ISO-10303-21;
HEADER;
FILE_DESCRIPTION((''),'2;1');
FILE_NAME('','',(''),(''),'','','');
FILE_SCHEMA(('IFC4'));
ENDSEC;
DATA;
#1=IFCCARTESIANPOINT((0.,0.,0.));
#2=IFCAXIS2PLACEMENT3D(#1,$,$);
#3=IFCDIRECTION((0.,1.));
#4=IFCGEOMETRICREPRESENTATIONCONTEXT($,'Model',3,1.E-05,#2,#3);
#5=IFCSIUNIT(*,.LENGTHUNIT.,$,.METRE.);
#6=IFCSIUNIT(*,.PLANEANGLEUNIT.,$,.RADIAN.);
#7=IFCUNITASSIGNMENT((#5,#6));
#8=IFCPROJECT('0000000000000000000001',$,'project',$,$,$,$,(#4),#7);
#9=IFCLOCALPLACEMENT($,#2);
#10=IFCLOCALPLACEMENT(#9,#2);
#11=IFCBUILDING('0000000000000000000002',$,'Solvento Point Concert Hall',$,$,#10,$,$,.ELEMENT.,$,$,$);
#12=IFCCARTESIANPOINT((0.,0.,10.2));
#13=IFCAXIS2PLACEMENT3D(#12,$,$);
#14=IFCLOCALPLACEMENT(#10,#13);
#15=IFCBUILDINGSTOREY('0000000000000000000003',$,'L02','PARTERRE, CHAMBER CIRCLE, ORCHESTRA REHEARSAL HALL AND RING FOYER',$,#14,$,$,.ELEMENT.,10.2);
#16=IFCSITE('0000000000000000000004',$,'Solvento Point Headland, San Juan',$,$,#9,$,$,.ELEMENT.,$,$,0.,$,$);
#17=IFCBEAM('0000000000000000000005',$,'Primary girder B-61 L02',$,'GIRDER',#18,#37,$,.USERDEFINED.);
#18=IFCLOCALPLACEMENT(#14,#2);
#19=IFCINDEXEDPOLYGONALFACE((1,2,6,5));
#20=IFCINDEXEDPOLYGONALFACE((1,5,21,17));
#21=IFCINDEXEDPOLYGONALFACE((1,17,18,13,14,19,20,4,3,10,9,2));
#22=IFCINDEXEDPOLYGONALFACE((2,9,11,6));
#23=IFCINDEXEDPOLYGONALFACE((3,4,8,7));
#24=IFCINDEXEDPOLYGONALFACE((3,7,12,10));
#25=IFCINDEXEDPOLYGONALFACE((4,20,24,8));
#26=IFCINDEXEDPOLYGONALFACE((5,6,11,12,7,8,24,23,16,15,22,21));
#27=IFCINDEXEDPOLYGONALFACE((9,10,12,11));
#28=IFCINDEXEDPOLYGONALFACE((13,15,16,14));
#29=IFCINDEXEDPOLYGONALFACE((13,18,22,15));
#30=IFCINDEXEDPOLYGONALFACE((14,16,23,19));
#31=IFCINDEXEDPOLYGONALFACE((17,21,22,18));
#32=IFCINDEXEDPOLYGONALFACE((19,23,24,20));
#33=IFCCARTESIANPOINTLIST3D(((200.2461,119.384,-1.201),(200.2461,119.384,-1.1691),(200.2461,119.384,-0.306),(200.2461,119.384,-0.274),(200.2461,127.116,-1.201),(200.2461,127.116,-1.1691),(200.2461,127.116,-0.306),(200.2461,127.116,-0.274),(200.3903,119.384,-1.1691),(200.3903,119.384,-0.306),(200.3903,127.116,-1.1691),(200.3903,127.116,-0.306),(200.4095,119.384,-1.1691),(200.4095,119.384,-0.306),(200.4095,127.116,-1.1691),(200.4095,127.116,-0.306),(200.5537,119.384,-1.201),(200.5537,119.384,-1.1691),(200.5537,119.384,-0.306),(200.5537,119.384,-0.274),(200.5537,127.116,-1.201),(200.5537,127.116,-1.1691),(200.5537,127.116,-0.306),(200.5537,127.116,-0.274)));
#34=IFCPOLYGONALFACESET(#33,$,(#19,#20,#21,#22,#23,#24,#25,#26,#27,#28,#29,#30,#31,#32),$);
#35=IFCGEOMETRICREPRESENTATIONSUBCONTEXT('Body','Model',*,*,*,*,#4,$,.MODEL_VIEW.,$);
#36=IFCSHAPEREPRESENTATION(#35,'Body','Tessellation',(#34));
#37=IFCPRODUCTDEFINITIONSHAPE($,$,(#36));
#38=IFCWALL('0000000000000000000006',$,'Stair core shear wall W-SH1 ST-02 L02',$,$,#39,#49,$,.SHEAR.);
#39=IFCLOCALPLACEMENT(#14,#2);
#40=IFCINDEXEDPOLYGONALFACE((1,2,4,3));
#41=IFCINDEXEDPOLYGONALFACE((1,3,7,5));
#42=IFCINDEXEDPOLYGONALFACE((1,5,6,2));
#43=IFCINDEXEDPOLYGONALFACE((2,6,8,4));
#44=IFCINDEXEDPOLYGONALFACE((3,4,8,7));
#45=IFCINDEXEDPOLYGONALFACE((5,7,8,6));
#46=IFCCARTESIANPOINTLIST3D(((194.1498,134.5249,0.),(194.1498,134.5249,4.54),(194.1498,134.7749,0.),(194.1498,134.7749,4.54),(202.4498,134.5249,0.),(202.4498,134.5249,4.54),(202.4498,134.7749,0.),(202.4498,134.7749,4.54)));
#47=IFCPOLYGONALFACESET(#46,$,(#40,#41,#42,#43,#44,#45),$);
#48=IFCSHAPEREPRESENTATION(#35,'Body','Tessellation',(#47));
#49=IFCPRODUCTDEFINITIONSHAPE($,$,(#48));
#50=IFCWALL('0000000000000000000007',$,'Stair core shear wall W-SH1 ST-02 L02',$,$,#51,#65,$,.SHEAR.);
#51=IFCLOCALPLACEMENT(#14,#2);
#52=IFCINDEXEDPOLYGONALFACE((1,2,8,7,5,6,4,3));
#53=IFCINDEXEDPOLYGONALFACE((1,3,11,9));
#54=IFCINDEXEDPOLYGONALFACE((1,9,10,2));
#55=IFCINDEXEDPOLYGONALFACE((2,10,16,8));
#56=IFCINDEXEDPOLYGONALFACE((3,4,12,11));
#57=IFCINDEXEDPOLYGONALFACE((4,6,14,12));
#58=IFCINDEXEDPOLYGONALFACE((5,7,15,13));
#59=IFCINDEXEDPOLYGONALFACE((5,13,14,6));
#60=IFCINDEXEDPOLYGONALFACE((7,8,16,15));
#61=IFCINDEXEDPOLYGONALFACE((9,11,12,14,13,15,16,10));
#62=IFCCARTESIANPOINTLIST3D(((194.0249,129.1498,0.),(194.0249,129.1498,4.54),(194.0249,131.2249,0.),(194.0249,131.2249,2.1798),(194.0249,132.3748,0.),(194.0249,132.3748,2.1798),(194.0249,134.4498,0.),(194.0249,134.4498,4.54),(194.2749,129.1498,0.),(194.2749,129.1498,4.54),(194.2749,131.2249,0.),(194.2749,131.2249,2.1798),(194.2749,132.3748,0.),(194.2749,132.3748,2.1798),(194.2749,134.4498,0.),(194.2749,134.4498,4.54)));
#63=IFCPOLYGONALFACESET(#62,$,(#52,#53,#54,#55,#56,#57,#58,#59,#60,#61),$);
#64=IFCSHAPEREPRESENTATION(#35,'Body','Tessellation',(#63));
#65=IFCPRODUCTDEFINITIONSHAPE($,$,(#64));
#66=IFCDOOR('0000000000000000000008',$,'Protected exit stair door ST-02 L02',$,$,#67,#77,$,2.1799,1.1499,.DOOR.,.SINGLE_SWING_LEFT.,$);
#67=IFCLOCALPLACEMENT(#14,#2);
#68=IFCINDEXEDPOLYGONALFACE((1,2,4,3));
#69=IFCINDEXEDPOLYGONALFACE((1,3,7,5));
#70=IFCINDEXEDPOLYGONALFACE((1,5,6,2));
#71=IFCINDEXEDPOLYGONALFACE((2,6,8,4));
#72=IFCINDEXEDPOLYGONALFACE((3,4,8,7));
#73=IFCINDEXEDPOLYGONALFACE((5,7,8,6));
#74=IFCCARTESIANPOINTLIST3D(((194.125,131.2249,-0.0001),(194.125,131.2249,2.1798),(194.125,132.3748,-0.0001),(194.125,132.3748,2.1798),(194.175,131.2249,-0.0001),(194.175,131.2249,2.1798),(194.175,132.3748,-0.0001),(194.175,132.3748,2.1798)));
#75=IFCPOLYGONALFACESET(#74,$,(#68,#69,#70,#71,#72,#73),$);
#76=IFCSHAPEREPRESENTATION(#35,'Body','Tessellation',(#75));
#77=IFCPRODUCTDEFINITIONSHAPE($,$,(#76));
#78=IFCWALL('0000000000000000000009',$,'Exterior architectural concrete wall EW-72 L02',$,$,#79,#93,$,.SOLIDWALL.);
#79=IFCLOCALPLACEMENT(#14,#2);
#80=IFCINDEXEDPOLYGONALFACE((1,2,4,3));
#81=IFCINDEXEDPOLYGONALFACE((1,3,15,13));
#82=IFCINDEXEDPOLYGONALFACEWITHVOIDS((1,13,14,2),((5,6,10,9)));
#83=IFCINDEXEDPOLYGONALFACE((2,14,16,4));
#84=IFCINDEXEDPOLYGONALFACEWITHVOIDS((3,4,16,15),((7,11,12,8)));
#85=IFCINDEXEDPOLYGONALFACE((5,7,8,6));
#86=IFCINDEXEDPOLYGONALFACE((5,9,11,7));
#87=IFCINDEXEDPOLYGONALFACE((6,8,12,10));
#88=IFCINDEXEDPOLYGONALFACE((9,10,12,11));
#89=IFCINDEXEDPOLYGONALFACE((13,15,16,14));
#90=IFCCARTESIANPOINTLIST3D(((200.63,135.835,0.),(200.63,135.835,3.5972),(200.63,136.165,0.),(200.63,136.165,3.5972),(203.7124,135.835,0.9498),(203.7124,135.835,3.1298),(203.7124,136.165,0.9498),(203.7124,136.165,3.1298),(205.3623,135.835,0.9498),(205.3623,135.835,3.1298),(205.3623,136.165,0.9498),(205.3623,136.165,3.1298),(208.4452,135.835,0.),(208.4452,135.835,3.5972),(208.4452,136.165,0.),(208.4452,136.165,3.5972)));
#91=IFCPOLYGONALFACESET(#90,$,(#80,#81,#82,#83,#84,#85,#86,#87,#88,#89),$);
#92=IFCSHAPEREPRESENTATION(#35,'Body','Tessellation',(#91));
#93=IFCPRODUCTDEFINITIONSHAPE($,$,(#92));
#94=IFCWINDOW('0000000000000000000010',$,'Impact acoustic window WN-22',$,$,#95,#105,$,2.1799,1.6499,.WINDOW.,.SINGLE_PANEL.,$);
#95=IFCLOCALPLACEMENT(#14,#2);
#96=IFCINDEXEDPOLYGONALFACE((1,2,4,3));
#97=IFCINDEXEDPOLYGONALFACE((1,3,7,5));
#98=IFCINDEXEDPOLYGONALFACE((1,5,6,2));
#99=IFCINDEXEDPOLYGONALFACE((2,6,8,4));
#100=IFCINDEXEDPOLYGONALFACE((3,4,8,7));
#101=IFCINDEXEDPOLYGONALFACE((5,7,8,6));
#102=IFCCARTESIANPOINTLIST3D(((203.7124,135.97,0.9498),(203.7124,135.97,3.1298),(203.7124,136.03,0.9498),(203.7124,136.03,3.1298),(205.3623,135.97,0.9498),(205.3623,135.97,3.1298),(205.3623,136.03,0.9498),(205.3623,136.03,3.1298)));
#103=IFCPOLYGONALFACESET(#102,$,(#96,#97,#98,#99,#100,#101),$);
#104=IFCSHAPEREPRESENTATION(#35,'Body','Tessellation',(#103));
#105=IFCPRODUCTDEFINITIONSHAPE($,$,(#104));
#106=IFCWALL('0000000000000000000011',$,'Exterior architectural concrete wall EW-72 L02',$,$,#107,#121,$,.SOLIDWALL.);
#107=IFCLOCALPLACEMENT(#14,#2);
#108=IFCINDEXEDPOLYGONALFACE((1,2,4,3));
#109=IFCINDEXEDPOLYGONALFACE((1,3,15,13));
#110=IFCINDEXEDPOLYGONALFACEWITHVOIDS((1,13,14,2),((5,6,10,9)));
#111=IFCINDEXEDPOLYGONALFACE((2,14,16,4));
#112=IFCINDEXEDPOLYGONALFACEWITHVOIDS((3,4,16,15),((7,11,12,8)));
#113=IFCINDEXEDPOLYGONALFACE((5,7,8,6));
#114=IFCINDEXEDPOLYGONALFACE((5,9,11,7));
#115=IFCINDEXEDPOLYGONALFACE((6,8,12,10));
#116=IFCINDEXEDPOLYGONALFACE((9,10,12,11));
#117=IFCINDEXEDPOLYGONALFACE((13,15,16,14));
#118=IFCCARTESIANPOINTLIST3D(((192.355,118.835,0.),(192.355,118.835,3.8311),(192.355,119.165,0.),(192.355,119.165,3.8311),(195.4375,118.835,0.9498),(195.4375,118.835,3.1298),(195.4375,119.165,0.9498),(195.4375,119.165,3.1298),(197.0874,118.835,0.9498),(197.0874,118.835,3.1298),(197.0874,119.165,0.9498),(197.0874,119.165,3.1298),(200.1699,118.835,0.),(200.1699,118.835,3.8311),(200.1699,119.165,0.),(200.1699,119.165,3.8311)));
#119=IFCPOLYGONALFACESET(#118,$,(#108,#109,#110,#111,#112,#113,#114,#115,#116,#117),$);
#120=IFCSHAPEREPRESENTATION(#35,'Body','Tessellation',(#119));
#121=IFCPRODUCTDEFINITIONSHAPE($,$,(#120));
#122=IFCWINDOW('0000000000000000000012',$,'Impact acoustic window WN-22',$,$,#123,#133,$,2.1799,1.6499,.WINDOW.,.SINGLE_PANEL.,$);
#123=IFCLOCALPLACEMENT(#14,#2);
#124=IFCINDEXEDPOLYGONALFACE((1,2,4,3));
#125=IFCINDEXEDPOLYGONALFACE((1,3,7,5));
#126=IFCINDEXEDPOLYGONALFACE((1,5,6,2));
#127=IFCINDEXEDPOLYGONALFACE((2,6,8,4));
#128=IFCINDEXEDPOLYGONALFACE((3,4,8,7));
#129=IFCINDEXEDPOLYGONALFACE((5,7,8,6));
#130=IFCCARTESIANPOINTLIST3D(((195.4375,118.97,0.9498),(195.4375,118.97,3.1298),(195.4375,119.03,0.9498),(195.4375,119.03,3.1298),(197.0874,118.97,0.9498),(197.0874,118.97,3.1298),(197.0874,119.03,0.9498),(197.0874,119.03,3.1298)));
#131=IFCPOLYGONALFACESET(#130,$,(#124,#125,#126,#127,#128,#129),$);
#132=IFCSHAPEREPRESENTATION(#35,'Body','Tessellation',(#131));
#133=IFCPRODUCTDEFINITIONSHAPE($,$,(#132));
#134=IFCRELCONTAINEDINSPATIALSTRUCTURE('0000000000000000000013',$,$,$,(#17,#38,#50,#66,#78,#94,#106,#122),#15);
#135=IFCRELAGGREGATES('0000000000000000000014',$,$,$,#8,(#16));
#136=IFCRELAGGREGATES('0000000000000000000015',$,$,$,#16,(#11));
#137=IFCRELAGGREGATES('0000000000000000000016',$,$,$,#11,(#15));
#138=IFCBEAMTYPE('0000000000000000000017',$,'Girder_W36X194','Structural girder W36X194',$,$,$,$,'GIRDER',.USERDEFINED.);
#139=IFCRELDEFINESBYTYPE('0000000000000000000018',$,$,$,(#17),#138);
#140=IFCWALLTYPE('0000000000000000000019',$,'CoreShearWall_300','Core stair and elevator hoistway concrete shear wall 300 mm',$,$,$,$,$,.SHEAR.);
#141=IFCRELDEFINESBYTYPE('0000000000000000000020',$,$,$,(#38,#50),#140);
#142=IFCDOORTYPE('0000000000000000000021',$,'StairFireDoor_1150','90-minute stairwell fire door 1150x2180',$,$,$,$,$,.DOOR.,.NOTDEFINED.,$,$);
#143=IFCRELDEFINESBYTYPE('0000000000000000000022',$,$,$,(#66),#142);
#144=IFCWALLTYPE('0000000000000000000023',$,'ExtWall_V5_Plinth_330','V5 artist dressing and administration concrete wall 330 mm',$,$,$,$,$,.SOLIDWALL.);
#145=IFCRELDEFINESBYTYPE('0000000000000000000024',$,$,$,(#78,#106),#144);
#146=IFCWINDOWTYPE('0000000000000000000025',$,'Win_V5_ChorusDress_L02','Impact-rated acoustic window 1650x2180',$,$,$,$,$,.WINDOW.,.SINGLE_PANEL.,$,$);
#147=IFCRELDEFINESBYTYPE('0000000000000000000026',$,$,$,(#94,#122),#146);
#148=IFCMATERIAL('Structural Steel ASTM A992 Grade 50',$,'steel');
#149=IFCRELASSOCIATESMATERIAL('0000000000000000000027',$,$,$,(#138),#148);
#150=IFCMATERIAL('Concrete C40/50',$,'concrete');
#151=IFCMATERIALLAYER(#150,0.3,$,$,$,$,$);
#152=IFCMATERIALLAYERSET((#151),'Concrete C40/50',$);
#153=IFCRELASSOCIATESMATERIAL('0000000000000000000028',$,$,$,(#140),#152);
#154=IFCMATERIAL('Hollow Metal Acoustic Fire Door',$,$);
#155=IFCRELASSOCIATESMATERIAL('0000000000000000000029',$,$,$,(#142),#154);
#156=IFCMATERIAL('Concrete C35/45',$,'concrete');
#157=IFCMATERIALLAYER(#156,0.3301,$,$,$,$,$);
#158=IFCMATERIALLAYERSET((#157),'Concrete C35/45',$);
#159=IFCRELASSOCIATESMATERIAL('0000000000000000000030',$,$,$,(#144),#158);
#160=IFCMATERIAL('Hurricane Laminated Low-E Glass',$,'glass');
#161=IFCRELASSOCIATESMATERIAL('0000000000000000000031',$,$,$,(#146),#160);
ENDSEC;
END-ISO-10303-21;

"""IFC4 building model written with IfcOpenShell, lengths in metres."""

from ifc_helpers import new_model, si_unit, direction, frame, frame_2d, origin, origin_2d, place, context, subcontext, project, spatial, rectangle, i_section, extrude, material, layer, layer_set, material_profile, profile_set, type_object, element, fill, save


model = new_model("IFC4")

# Units and contexts
model_context = context("Model", 3, precision=1e-05, world=origin(), true_north=direction((0.0, 1.0)))
body_context = subcontext(model_context, "Body", "Model", "MODEL_VIEW")
ifc_project = project(units=[si_unit("LENGTHUNIT", "METRE"), si_unit("PLANEANGLEUNIT", "RADIAN")], contexts=[model_context])

# Site, building, storey
site_placement = place(None, origin())
site = spatial("IfcSite", under=ifc_project, at=site_placement, Name="Solvento Point Headland, San Juan", CompositionType="ELEMENT", RefElevation=0.0)
building_placement = place(site_placement, origin())
building = spatial("IfcBuilding", under=site, at=building_placement, Name="Solvento Point Concert Hall", CompositionType="ELEMENT")
storey_placement = place(building_placement, frame((0.0, 0.0, 10.2)))
storey = spatial("IfcBuildingStorey", under=building, at=storey_placement, Name="L02", Description="PARTERRE, CHAMBER CIRCLE, ORCHESTRA REHEARSAL HALL AND RING FOYER", CompositionType="ELEMENT", Elevation=10.2)

# Beam
ifc_material_1 = material(Name="Structural Steel ASTM A992 Grade 50", Category="steel")
ifc_material_profile_1 = material_profile(ifc_material_1, i_section(OverallWidth=0.3076, OverallDepth=0.927, WebThickness=0.0193, FlangeThickness=0.032, at=origin_2d()), Name="W36X194")
ifc_profile_set_1 = profile_set([ifc_material_profile_1], Name="Structural Steel ASTM A992 Grade 50")
beam_type_1 = type_object("IfcBeamType", Name="Girder_W36X194", Description="Structural girder W36X194", ElementType="GIRDER", PredefinedType="USERDEFINED", material=ifc_profile_set_1)
beam_1_placement = place(storey_placement, frame((200.3999, 119.384, -0.7375), z_axis=(0.0, 1.0, 0.0), x_axis=(-1.0, 0.0, 0.0)))
element("IfcBeam", 1, at=beam_1_placement, inside=storey, type_object=beam_type_1, Name="Primary girder B-61 L02", ObjectType="GIRDER", PredefinedType="USERDEFINED", context=body_context, shape_type="SweptSolid", body=[
    extrude(i_section(OverallWidth=0.3076, OverallDepth=0.927, WebThickness=0.0193, FlangeThickness=0.032, at=origin_2d()), origin(), (0.0, 0.0, 1.0), 7.7319),
])

# Wall
ifc_material_2 = material(Name="Concrete C40/50", Category="concrete")
ifc_layer_1 = layer(ifc_material_2, 0.3)
ifc_layer_set_1 = layer_set([ifc_layer_1], Name="Concrete C40/50")
wall_type_1 = type_object("IfcWallType", Name="CoreShearWall_300", Description="Core stair and elevator hoistway concrete shear wall 300 mm", PredefinedType="SHEAR", material=ifc_layer_set_1)
wall_1_placement = place(storey_placement, frame((194.1499, 134.6499, 0.0), z_axis=(0.0, 0.0, 1.0), x_axis=(1.0, 0.0, 0.0)))
element("IfcWall", 2, at=wall_1_placement, inside=storey, type_object=wall_type_1, Name="Stair core shear wall W-SH1 ST-02 L02", PredefinedType="SHEAR", context=body_context, shape_type="SweptSolid", body=[
    extrude(rectangle(XDim=8.3, YDim=0.25, at=frame_2d((4.1499, 0.0))), origin(), (0.0, 0.0, 1.0), 4.54),
])

# Wall, opening, door
wall_2_placement = place(storey_placement, frame((194.1499, 129.1499, 0.0), z_axis=(0.0, 0.0, 1.0), x_axis=(0.0, 1.0, 0.0)))
wall_2 = element("IfcWall", 3, at=wall_2_placement, inside=storey, type_object=wall_type_1, Name="Stair core shear wall W-SH1 ST-02 L02", PredefinedType="SHEAR", context=body_context, shape_type="SweptSolid", body=[
    extrude(rectangle(XDim=5.3, YDim=0.25, at=frame_2d((2.6499, 0.0))), origin(), (0.0, 0.0, 1.0), 4.54),
])
opening_1_placement = place(wall_2_placement, frame((2.075, 0.0, 0.0)))
opening_1 = element("IfcOpeningElement", 4, at=opening_1_placement, cuts=wall_2, PredefinedType="OPENING", context=body_context, shape_type="SweptSolid", body=[
    extrude(rectangle(XDim=1.1499, YDim=2.1799, at=frame_2d((0.575, 1.0898))), frame((0.0, 0.135, 0.0), z_axis=(0.0, -1.0, 0.0), x_axis=(1.0, 0.0, 0.0)), (0.0, 0.0, 1.0), 0.27),
])
ifc_material_3 = material(Name="Hollow Metal Acoustic Fire Door")
door_type = type_object("IfcDoorType", Name="StairFireDoor_1150", Description="90-minute stairwell fire door 1150x2180", OperationType="NOTDEFINED", PredefinedType="DOOR", material=ifc_material_3)
door_placement = place(opening_1_placement, origin())
door = element("IfcDoor", 5, at=door_placement, inside=storey, type_object=door_type, Name="Protected exit stair door ST-02 L02", OperationType="SINGLE_SWING_LEFT", OverallHeight=2.1799, OverallWidth=1.1499, PredefinedType="DOOR", context=body_context, shape_type="SweptSolid", body=[
    extrude(rectangle(XDim=1.1499, YDim=2.1799, at=frame_2d((0.575, 1.0898))), frame((0.0, 0.0249, 0.0), z_axis=(0.0, -1.0, 0.0), x_axis=(1.0, 0.0, 0.0)), (0.0, 0.0, 1.0), 0.05),
])
fill(opening_1, door)

# Walls, openings, windows
ifc_material_4 = material(Name="Concrete C35/45", Category="concrete")
ifc_layer_2 = layer(ifc_material_4, 0.3301)
ifc_layer_set_2 = layer_set([ifc_layer_2], Name="Concrete C35/45")
wall_type_2 = type_object("IfcWallType", Name="ExtWall_V5_Plinth_330", Description="V5 artist dressing and administration concrete wall 330 mm", PredefinedType="SOLIDWALL", material=ifc_layer_set_2)
wall_3_placement = place(storey_placement, frame((200.6299, 136.0, 0.0), z_axis=(0.0, 0.0, 1.0), x_axis=(1.0, 0.0, 0.0)))
wall_3 = element("IfcWall", 6, at=wall_3_placement, inside=storey, type_object=wall_type_2, Name="Exterior architectural concrete wall EW-72 L02", PredefinedType="SOLIDWALL", context=body_context, shape_type="SweptSolid", body=[
    extrude(rectangle(XDim=7.8152, YDim=0.3301, at=frame_2d((3.9077, 0.0))), origin(), (0.0, 0.0, 1.0), 3.5972),
])
opening_2_placement = place(wall_3_placement, frame((3.0825, 0.0, 0.95)))
opening_2 = element("IfcOpeningElement", 7, at=opening_2_placement, cuts=wall_3, PredefinedType="OPENING", context=body_context, shape_type="SweptSolid", body=[
    extrude(rectangle(XDim=1.6499, YDim=2.1799, at=frame_2d((0.825, 1.0898))), frame((0.0, 0.175, 0.0), z_axis=(0.0, -1.0, 0.0), x_axis=(1.0, 0.0, 0.0)), (0.0, 0.0, 1.0), 0.3501),
])
ifc_material_5 = material(Name="Hurricane Laminated Low-E Glass", Category="glass")
window_type = type_object("IfcWindowType", Name="Win_V5_ChorusDress_L02", Description="Impact-rated acoustic window 1650x2180", PartitioningType="SINGLE_PANEL", PredefinedType="WINDOW", material=ifc_material_5)
window_1_placement = place(opening_2_placement, origin())
window_1 = element("IfcWindow", 8, at=window_1_placement, inside=storey, type_object=window_type, Name="Impact acoustic window WN-22", OverallHeight=2.1799, OverallWidth=1.6499, PartitioningType="SINGLE_PANEL", PredefinedType="WINDOW", context=body_context, shape_type="SweptSolid", body=[
    extrude(rectangle(XDim=1.6499, YDim=2.1799, at=frame_2d((0.825, 1.0898))), frame((0.0, 0.03, 0.0), z_axis=(0.0, -1.0, 0.0), x_axis=(1.0, 0.0, 0.0)), (0.0, 0.0, 1.0), 0.0601),
])
fill(opening_2, window_1)
wall_4_placement = place(storey_placement, frame((200.1699, 119.0, 0.0), z_axis=(0.0, 0.0, 1.0), x_axis=(-1.0, 0.0, 0.0)))
wall_4 = element("IfcWall", 9, at=wall_4_placement, inside=storey, type_object=wall_type_2, Name="Exterior architectural concrete wall EW-72 L02", PredefinedType="SOLIDWALL", context=body_context, shape_type="SweptSolid", body=[
    extrude(rectangle(XDim=7.8149, YDim=0.3301, at=frame_2d((3.9075, 0.0))), origin(), (0.0, 0.0, 1.0), 3.8311),
])
opening_3_placement = place(wall_4_placement, frame((3.0825, 0.0, 0.95)))
opening_3 = element("IfcOpeningElement", 10, at=opening_3_placement, cuts=wall_4, PredefinedType="OPENING", context=body_context, shape_type="SweptSolid", body=[
    extrude(rectangle(XDim=1.6499, YDim=2.1799, at=frame_2d((0.825, 1.0898))), frame((0.0, 0.175, 0.0), z_axis=(0.0, -1.0, 0.0), x_axis=(1.0, 0.0, 0.0)), (0.0, 0.0, 1.0), 0.3501),
])
window_2_placement = place(opening_3_placement, origin())
window_2 = element("IfcWindow", 11, at=window_2_placement, inside=storey, type_object=window_type, Name="Impact acoustic window WN-22", OverallHeight=2.1799, OverallWidth=1.6499, PartitioningType="SINGLE_PANEL", PredefinedType="WINDOW", context=body_context, shape_type="SweptSolid", body=[
    extrude(rectangle(XDim=1.6499, YDim=2.1799, at=frame_2d((0.825, 1.0898))), frame((0.0, 0.03, 0.0), z_axis=(0.0, -1.0, 0.0), x_axis=(1.0, 0.0, 0.0)), (0.0, 0.0, 1.0), 0.0601),
])
fill(opening_3, window_2)

save(model, "model.ifc")
